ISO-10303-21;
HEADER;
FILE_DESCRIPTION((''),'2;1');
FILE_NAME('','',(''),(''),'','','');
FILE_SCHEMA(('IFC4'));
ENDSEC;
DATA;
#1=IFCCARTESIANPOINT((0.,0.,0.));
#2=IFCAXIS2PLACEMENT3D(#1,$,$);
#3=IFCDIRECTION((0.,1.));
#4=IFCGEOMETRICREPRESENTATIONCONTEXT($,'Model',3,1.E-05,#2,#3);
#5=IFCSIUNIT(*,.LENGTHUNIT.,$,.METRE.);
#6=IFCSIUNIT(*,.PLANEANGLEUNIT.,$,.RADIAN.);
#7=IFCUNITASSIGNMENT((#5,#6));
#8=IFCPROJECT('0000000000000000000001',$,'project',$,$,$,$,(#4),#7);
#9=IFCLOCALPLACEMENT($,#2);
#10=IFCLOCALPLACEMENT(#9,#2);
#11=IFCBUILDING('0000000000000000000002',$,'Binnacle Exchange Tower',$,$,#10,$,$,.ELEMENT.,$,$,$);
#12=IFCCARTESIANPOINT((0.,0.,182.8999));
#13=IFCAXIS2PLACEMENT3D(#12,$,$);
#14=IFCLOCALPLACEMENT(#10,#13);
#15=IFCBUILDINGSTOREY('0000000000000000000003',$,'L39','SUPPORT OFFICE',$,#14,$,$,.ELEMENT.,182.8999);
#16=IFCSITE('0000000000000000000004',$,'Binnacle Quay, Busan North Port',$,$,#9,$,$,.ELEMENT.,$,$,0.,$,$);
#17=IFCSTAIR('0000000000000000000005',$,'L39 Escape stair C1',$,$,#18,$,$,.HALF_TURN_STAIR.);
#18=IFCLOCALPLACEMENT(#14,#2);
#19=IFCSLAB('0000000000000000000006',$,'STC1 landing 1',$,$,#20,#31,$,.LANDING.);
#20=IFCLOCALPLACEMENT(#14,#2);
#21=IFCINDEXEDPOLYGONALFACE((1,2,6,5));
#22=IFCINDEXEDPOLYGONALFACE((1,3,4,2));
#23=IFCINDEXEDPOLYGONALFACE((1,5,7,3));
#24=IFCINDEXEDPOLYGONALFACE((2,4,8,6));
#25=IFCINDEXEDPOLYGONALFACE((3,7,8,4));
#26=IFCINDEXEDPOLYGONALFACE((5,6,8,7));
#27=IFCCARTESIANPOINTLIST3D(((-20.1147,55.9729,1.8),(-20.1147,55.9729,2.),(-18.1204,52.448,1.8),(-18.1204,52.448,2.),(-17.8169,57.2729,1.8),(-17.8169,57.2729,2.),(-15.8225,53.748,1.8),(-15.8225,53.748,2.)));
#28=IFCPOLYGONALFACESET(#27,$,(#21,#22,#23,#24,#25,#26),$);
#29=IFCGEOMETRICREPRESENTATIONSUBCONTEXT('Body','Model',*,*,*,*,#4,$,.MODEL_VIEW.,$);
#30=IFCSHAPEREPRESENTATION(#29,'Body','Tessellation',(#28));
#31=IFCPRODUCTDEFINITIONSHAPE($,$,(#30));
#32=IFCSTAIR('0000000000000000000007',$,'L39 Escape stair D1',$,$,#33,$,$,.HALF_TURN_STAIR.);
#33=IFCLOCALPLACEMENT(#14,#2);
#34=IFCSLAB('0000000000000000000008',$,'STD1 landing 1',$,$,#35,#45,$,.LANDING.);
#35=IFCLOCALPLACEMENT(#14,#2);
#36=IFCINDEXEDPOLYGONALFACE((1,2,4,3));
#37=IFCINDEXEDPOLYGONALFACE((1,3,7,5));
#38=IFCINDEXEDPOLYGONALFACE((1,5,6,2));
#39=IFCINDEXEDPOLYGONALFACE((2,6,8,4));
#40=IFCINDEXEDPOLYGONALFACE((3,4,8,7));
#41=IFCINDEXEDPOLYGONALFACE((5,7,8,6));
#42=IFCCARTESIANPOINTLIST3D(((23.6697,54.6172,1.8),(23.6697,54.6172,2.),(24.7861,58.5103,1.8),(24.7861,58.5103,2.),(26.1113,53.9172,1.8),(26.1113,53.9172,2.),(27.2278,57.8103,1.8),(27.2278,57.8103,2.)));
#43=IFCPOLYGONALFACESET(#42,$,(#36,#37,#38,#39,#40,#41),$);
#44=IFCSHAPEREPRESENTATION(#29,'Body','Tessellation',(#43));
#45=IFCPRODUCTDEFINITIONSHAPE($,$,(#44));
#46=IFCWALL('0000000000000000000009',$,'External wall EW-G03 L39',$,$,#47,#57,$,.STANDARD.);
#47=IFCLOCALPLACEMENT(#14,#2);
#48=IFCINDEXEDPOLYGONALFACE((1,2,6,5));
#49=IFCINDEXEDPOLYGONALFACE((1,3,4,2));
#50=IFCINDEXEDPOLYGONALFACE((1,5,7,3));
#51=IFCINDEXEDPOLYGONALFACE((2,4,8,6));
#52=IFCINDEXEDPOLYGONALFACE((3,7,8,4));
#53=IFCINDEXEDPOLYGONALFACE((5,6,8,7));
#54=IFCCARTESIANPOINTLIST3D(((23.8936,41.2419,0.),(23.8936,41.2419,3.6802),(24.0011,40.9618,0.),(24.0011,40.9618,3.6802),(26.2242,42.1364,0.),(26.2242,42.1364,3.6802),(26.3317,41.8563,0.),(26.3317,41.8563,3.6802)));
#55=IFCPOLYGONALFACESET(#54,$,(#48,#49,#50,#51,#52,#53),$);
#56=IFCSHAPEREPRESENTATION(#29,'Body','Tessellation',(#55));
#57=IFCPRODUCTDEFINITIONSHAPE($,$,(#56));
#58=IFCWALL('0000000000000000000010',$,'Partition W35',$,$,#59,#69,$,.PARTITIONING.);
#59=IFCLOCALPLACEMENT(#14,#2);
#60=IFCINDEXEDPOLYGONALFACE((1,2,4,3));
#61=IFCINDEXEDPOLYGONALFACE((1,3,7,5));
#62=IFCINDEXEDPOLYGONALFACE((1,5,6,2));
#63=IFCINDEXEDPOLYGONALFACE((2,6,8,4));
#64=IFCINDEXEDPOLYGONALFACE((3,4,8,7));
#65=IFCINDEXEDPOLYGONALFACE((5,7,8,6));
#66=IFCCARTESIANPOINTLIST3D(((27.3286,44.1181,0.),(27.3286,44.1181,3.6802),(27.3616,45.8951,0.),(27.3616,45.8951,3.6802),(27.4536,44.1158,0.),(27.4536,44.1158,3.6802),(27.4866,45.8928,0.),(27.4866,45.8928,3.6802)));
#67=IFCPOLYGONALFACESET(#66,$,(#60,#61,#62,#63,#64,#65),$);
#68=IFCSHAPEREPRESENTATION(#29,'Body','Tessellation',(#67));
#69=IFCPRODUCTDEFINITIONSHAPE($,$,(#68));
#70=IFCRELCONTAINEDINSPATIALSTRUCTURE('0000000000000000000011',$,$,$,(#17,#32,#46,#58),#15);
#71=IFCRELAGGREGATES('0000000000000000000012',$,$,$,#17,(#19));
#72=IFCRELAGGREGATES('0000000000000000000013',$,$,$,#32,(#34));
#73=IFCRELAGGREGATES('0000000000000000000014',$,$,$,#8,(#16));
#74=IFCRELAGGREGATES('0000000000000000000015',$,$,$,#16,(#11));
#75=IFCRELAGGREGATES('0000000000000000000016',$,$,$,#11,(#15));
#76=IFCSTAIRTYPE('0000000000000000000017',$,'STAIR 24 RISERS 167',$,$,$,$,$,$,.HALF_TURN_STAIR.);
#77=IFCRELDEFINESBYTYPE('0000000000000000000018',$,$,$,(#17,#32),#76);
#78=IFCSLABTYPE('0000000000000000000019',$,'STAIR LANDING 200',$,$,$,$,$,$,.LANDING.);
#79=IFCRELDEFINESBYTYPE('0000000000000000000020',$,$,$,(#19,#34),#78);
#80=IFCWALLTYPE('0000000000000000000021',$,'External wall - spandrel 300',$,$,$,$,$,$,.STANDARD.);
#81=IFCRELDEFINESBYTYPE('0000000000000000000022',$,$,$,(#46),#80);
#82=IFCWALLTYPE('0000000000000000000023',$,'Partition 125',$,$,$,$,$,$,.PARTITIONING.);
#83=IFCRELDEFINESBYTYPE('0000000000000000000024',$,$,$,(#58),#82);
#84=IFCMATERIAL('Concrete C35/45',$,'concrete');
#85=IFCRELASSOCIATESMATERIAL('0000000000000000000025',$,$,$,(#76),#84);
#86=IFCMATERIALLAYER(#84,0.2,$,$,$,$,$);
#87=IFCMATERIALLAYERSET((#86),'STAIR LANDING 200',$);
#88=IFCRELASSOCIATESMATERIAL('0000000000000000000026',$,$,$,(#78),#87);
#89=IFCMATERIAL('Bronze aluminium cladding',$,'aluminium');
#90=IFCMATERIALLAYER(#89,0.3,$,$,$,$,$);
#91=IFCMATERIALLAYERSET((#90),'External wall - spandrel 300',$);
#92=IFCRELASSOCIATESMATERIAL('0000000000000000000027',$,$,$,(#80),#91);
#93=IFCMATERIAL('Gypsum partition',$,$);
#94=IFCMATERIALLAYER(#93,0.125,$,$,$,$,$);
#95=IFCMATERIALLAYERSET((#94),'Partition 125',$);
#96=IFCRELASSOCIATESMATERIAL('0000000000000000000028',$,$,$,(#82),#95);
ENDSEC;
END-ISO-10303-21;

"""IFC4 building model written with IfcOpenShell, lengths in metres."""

from ifc_helpers import new_model, si_unit, direction, frame, frame_2d, origin, place, context, subcontext, project, spatial, polyline, rectangle, outline, extrude, material, layer, layer_set, type_object, element, aggregate, save


model = new_model("IFC4")

# Units and contexts
model_context = context("Model", 3, precision=1e-05, world=origin(), true_north=direction((0.0, 1.0)))
body_context = subcontext(model_context, "Body", "Model", "MODEL_VIEW")
ifc_project = project(units=[si_unit("LENGTHUNIT", "METRE"), si_unit("PLANEANGLEUNIT", "RADIAN")], contexts=[model_context])

# Site, building, storey
site_placement = place(None, origin())
site = spatial("IfcSite", under=ifc_project, at=site_placement, Name="Binnacle Quay, Busan North Port", CompositionType="ELEMENT", RefElevation=0.0)
building_placement = place(site_placement, origin())
building = spatial("IfcBuilding", under=site, at=building_placement, Name="Binnacle Exchange Tower", CompositionType="ELEMENT")
storey_placement = place(building_placement, frame((0.0, 0.0, 182.8999)))
storey = spatial("IfcBuildingStorey", under=building, at=storey_placement, Name="L39", Description="SUPPORT OFFICE", CompositionType="ELEMENT", Elevation=182.8999)

# Shared definitions
ifc_material_1 = material(Name="Concrete C35/45", Category="concrete")

# Stairs, slabs
stair_type = type_object("IfcStairType", Name="STAIR 24 RISERS 167", PredefinedType="HALF_TURN_STAIR", material=ifc_material_1)
ifc_layer_1 = layer(ifc_material_1, 0.2)
ifc_layer_set_1 = layer_set([ifc_layer_1], Name="STAIR LANDING 200")
slab_type_1 = type_object("IfcSlabType", Name="STAIR LANDING 200", PredefinedType="LANDING", material=ifc_layer_set_1)
stair_1_placement = place(storey_placement, origin())
stair_1 = element("IfcStair", 1, at=stair_1_placement, inside=storey, type_object=stair_type, Name="L39 Escape stair C1", PredefinedType="HALF_TURN_STAIR")
slab_1_placement = place(storey_placement, frame((0.0, 0.0, 1.8)))
slab_1 = element("IfcSlab", 2, at=slab_1_placement, type_object=slab_type_1, Name="STC1 landing 1", PredefinedType="LANDING", context=body_context, shape_type="SweptSolid", body=[
    extrude(outline(polyline([(-18.1204, 52.448), (-15.8225, 53.748), (-17.8169, 57.2729), (-20.1147, 55.9729), (-18.1204, 52.448)])), origin(), (0.0, 0.0, 1.0), 0.2),
])
aggregate(stair_1, [slab_1])
stair_2_placement = place(storey_placement, origin())
stair_2 = element("IfcStair", 3, at=stair_2_placement, inside=storey, type_object=stair_type, Name="L39 Escape stair D1", PredefinedType="HALF_TURN_STAIR")
slab_2_placement = place(storey_placement, frame((0.0, 0.0, 1.8)))
slab_2 = element("IfcSlab", 4, at=slab_2_placement, type_object=slab_type_1, Name="STD1 landing 1", PredefinedType="LANDING", context=body_context, shape_type="SweptSolid", body=[
    extrude(outline(polyline([(23.6697, 54.6172), (26.1113, 53.9172), (27.2278, 57.8103), (24.7861, 58.5103), (23.6697, 54.6172)])), origin(), (0.0, 0.0, 1.0), 0.2),
])
aggregate(stair_2, [slab_2])

# Shared definitions
ifc_material_2 = material(Name="Bronze aluminium cladding", Category="aluminium")
ifc_layer_2 = layer(ifc_material_2, 0.3)
ifc_layer_set_2 = layer_set([ifc_layer_2], Name="External wall - spandrel 300")
wall_type_1 = type_object("IfcWallType", Name="External wall - spandrel 300", PredefinedType="STANDARD", material=ifc_layer_set_2)

# Walls
wall_1_placement = place(storey_placement, frame((26.2778, 41.9963, 0.0), z_axis=(0.0, 0.0, 1.0), x_axis=(-0.933592, -0.358337, 0.0)))
element("IfcWall", 5, at=wall_1_placement, inside=storey, type_object=wall_type_1, Name="External wall EW-G03 L39", PredefinedType="STANDARD", context=body_context, shape_type="SweptSolid", body=[
    extrude(rectangle(XDim=2.4963, YDim=0.3, at=frame_2d((1.248, 0.0))), origin(), (0.0, 0.0, 1.0), 3.6802),
])
ifc_material_3 = material(Name="Gypsum partition")
ifc_layer_3 = layer(ifc_material_3, 0.125)
ifc_layer_set_3 = layer_set([ifc_layer_3], Name="Partition 125")
wall_type_2 = type_object("IfcWallType", Name="Partition 125", PredefinedType="PARTITIONING", material=ifc_layer_set_3)
wall_2_placement = place(storey_placement, frame((27.3911, 44.1169, 0.0), z_axis=(0.0, 0.0, 1.0), x_axis=(0.018543, 0.999828, 0.0)))
element("IfcWall", 6, at=wall_2_placement, inside=storey, type_object=wall_type_2, Name="Partition W35", PredefinedType="PARTITIONING", context=body_context, shape_type="SweptSolid", body=[
    extrude(rectangle(XDim=1.7773, YDim=0.125, at=frame_2d((0.8887, 0.0))), origin(), (0.0, 0.0, 1.0), 3.6802),
])

save(model, "model.ifc")
